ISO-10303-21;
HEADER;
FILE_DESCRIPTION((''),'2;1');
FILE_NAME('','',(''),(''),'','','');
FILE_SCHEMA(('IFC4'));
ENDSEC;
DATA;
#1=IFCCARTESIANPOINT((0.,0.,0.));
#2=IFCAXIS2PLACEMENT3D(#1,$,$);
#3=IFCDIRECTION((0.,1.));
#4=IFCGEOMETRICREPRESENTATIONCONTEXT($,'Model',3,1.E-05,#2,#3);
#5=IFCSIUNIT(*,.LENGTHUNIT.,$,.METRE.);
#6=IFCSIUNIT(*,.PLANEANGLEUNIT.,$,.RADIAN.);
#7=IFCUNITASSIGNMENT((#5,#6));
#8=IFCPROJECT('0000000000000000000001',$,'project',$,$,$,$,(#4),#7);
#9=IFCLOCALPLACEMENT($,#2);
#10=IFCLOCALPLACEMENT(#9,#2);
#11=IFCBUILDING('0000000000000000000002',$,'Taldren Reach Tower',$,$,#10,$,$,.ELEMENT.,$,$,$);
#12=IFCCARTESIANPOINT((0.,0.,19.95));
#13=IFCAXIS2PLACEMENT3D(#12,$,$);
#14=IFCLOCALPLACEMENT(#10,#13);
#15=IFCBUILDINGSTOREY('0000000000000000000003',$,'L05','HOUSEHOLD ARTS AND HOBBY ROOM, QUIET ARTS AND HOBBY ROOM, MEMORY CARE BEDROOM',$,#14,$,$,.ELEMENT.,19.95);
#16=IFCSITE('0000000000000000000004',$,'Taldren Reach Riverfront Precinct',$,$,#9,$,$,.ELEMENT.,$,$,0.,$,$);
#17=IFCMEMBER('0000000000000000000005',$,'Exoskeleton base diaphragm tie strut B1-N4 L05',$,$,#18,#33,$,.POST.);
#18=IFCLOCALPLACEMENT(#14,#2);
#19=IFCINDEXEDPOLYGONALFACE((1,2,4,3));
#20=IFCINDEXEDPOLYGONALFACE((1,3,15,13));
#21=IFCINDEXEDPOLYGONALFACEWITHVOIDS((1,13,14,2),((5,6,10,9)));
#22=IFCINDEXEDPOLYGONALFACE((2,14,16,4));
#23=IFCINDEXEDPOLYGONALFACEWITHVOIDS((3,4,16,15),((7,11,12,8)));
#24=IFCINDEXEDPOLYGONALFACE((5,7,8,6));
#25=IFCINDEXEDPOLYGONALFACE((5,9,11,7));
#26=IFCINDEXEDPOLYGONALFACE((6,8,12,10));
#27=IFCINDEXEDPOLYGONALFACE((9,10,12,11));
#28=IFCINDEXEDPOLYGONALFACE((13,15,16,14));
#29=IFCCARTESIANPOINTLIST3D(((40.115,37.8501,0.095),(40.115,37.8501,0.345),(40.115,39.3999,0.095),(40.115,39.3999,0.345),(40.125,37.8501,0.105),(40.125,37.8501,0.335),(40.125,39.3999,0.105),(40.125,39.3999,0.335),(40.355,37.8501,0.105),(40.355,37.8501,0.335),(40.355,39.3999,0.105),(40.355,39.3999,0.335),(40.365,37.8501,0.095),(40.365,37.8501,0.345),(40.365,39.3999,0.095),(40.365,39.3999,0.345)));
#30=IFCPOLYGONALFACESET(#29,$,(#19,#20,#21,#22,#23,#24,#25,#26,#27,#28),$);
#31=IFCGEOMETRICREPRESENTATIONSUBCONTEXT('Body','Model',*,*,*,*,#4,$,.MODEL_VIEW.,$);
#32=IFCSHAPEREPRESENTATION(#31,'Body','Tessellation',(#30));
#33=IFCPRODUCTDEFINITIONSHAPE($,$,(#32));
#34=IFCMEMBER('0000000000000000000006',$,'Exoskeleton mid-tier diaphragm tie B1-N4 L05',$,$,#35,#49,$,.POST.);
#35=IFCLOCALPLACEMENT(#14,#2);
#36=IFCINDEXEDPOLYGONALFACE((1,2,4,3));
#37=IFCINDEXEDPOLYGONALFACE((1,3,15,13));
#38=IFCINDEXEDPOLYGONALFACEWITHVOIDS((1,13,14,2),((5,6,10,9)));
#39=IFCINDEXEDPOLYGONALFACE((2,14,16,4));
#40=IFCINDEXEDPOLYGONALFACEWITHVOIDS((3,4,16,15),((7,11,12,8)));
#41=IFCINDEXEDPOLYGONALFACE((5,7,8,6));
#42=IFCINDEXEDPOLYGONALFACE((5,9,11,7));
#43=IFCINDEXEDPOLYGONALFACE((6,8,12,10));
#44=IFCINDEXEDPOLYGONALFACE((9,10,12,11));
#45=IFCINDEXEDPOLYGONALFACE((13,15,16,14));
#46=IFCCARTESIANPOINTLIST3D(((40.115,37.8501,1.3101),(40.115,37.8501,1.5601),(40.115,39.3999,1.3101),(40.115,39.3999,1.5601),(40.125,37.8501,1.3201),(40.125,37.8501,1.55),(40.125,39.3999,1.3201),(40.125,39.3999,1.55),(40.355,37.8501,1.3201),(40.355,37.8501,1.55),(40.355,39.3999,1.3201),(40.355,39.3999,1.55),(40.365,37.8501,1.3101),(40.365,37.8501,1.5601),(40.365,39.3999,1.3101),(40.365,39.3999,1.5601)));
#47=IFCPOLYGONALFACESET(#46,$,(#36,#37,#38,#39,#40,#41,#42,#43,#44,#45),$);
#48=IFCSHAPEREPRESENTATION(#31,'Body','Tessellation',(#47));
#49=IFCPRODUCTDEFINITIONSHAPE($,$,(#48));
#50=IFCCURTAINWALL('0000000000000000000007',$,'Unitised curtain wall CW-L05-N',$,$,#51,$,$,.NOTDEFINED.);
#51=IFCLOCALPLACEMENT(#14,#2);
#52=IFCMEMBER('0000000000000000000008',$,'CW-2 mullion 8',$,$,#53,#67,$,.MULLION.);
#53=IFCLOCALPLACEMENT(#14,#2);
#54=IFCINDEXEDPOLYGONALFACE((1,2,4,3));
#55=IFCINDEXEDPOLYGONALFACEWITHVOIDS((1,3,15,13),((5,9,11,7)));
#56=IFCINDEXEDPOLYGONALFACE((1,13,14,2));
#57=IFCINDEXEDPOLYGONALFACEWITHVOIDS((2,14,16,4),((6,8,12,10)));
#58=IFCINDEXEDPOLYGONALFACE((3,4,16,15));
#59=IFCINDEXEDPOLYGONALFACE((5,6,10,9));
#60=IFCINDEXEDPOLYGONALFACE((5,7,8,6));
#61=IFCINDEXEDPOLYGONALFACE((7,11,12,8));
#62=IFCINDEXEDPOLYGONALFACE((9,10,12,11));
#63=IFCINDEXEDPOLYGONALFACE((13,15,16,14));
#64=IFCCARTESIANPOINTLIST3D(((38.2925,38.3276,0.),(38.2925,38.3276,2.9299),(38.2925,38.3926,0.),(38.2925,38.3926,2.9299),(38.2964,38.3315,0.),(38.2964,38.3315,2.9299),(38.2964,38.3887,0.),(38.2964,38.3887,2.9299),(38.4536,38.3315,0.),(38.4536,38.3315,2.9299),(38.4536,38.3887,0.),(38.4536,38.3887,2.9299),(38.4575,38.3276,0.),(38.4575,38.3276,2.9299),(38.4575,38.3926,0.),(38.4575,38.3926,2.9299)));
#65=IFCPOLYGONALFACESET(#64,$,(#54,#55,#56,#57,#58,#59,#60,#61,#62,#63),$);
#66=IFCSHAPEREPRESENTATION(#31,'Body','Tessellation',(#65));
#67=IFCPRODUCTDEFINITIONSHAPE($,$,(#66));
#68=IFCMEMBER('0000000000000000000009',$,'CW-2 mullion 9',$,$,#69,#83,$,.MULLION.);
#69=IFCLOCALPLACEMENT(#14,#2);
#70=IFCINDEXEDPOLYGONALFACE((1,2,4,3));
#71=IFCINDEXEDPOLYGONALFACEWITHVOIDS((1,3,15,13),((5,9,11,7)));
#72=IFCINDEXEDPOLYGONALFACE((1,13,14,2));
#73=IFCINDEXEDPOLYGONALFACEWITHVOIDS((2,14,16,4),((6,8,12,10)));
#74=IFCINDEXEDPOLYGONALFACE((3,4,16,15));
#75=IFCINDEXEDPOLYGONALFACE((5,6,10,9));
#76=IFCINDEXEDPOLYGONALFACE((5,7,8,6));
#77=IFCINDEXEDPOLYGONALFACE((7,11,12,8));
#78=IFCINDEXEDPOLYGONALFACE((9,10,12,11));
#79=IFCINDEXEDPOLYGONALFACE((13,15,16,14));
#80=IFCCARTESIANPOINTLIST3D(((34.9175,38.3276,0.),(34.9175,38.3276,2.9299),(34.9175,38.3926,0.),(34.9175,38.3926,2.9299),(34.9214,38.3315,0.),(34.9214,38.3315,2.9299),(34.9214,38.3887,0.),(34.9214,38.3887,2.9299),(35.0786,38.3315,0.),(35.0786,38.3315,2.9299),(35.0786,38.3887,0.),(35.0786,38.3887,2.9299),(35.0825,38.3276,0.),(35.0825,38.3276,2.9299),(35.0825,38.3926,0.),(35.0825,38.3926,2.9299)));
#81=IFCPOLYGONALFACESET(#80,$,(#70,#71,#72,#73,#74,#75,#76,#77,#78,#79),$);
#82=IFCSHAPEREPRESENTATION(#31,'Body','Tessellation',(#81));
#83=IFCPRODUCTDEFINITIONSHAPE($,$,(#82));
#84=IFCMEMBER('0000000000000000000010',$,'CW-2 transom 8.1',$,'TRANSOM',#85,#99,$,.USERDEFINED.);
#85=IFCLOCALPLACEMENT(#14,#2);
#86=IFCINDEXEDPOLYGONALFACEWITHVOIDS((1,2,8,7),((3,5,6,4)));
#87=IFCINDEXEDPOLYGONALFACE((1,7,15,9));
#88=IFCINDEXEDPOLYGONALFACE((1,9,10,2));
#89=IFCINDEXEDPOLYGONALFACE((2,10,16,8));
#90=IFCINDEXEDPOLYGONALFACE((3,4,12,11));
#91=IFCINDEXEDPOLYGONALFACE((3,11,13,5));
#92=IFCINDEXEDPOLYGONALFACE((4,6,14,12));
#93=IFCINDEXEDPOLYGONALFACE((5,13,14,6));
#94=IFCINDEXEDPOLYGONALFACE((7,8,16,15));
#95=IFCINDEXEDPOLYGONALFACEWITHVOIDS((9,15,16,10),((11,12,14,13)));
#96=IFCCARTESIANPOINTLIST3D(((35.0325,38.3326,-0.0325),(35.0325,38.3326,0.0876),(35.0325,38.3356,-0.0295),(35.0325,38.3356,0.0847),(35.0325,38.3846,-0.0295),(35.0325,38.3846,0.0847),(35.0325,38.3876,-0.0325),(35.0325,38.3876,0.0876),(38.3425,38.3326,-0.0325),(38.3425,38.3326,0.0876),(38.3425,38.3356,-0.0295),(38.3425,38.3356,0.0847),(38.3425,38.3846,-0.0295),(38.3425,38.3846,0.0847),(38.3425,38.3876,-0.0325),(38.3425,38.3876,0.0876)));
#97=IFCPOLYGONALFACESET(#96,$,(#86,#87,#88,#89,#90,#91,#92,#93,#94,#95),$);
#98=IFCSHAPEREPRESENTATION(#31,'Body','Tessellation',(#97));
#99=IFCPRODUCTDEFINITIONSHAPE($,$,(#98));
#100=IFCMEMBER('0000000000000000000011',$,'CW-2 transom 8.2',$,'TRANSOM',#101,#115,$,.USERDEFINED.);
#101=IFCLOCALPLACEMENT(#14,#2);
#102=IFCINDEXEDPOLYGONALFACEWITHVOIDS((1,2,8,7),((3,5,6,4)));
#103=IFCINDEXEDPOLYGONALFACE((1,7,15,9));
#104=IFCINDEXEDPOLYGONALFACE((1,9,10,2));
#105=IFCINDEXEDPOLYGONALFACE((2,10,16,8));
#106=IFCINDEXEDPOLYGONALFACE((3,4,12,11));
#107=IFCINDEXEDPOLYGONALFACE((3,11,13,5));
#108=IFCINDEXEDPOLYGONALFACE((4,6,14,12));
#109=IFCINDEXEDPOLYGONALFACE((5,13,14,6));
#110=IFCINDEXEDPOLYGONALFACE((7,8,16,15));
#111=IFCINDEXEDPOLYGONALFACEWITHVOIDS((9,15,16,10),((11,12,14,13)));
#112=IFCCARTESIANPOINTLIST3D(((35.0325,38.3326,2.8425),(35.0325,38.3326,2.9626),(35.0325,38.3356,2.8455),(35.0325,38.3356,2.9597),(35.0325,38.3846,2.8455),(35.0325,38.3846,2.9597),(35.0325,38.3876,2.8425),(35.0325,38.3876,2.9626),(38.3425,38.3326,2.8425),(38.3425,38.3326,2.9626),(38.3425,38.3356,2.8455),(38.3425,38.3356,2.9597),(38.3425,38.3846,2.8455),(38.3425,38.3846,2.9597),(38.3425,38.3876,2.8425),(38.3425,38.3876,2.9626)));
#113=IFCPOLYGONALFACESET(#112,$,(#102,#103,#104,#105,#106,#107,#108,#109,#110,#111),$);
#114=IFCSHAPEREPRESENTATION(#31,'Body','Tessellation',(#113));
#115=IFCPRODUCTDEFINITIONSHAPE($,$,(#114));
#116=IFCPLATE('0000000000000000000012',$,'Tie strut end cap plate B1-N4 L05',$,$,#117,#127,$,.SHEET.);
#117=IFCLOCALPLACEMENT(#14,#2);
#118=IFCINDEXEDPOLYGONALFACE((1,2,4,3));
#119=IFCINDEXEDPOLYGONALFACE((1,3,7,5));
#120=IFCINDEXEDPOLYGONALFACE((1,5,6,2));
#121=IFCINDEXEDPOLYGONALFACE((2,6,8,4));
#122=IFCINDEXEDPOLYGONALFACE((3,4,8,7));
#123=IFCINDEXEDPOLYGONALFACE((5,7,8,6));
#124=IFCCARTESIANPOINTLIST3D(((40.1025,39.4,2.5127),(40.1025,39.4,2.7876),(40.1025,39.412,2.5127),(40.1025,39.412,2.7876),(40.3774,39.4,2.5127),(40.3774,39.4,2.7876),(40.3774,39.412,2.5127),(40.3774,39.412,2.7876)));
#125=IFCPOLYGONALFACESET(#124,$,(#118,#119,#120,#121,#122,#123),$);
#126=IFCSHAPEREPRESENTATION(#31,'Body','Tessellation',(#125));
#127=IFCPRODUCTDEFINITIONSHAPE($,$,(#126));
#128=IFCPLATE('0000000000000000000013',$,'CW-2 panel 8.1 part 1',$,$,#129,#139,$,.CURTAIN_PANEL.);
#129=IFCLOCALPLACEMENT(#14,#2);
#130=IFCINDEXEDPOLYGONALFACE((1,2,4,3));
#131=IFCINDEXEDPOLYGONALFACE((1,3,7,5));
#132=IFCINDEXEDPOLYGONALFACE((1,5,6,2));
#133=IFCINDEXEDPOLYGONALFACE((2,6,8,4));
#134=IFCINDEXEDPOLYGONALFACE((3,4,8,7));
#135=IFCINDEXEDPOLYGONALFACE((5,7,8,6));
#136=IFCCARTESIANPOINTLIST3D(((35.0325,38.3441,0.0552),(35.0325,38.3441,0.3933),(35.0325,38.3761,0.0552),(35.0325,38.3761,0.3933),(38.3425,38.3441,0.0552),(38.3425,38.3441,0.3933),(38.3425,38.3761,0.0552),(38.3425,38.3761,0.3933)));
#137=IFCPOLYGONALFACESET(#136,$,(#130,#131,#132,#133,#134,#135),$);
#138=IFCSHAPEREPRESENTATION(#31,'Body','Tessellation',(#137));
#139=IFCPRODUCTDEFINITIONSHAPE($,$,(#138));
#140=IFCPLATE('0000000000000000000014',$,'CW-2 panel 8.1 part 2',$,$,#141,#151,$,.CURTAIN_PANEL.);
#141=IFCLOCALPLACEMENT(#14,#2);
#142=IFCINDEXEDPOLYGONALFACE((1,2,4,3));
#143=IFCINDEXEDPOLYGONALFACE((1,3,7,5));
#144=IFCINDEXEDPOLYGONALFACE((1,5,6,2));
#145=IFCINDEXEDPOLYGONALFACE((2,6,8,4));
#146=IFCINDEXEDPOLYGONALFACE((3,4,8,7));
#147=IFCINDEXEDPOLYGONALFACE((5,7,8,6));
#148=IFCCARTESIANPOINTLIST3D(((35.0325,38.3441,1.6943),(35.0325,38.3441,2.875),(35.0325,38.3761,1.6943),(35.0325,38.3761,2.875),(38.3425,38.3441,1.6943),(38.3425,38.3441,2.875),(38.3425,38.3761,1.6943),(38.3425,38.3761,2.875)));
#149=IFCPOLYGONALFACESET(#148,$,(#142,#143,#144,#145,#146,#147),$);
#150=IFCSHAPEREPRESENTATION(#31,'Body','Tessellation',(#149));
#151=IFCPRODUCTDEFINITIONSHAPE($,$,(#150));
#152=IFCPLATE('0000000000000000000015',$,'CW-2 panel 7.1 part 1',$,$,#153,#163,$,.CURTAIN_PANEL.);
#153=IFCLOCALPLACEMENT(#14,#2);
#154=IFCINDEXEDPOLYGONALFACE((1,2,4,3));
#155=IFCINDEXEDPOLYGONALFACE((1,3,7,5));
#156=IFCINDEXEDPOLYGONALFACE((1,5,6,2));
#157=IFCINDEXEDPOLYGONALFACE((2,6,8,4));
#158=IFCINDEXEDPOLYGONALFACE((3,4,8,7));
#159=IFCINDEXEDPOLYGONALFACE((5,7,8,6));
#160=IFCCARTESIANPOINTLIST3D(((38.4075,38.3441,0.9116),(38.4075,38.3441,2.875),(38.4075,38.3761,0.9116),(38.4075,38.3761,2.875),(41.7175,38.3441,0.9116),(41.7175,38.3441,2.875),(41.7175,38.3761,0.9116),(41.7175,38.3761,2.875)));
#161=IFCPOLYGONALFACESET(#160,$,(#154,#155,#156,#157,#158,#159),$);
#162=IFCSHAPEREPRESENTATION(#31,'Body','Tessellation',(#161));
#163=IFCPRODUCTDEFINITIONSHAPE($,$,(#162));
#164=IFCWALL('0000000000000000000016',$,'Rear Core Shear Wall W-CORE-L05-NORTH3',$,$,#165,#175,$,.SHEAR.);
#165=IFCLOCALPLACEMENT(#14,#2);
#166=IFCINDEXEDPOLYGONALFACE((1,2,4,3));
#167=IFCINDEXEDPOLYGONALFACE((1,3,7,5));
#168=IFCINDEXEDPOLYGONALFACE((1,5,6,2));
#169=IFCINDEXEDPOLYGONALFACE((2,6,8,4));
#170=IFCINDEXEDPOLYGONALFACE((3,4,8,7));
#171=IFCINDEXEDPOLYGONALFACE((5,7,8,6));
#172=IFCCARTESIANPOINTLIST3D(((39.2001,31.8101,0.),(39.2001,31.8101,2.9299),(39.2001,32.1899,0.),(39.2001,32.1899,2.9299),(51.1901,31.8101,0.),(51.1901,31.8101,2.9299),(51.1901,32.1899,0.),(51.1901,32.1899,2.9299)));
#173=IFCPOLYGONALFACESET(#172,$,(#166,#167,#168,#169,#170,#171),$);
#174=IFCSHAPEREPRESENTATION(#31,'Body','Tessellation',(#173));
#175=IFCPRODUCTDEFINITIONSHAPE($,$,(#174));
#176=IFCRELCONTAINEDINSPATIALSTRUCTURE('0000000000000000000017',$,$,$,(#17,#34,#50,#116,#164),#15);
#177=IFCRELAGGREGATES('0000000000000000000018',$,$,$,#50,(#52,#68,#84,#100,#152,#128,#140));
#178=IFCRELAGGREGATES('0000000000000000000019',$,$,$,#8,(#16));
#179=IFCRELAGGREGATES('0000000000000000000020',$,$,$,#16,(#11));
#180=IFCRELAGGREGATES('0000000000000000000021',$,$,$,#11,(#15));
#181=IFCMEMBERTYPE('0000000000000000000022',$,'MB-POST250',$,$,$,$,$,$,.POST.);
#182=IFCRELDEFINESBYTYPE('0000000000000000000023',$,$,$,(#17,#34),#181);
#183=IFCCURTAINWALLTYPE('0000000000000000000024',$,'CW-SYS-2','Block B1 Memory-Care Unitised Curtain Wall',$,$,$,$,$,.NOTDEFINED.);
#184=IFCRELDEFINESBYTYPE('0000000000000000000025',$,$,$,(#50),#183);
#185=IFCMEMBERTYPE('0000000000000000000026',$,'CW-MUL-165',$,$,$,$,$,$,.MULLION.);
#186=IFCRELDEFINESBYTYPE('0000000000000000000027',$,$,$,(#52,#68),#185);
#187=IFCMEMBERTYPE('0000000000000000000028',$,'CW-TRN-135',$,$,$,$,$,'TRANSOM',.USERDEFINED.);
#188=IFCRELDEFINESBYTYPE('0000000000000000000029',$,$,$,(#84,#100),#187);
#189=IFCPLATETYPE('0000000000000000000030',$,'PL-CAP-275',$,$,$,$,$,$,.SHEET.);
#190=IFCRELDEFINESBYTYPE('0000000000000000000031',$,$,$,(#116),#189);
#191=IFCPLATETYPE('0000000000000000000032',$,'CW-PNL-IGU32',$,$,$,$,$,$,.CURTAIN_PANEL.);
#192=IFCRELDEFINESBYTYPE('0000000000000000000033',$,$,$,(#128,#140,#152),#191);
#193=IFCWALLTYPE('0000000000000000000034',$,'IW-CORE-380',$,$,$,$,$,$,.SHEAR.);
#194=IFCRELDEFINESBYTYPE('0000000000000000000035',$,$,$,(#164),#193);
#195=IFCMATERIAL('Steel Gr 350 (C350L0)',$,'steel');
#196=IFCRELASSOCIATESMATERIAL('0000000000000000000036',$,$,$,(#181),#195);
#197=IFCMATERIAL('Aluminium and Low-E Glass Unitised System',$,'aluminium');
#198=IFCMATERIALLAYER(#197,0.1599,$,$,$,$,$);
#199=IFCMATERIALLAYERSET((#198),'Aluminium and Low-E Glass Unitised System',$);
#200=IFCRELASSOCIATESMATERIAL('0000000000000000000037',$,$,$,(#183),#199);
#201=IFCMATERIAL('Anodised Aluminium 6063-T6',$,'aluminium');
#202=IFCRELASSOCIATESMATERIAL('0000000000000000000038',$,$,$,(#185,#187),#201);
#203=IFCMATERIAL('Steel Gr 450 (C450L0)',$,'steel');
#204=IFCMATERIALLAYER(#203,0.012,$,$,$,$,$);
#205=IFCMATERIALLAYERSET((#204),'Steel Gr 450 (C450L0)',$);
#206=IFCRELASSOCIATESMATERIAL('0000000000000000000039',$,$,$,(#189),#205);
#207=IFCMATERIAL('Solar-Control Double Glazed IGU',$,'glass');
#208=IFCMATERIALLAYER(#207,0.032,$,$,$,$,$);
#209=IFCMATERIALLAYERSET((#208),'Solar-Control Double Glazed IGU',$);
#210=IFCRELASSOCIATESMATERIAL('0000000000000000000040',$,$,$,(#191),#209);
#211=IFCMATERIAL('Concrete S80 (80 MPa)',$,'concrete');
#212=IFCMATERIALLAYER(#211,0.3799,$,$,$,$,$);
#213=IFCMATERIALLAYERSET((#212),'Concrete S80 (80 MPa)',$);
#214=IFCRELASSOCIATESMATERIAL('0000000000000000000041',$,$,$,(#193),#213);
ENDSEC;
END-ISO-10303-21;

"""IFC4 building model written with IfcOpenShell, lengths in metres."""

from ifc_helpers import new_model, si_unit, direction, frame, frame_2d, origin, origin_2d, place, context, subcontext, project, spatial, rectangle, hollow_rectangle, extrude, source, transform, mapped, material, layer, layer_set, material_profile, profile_set, type_object, element, aggregate, save


model = new_model("IFC4")

# Units and contexts
model_context = context("Model", 3, precision=1e-05, world=origin(), true_north=direction((0.0, 1.0)))
body_context = subcontext(model_context, "Body", "Model", "MODEL_VIEW")
ifc_project = project(units=[si_unit("LENGTHUNIT", "METRE"), si_unit("PLANEANGLEUNIT", "RADIAN")], contexts=[model_context])

# Site, building, storey
site_placement = place(None, origin())
site = spatial("IfcSite", under=ifc_project, at=site_placement, Name="Taldren Reach Riverfront Precinct", CompositionType="ELEMENT", RefElevation=0.0)
building_placement = place(site_placement, origin())
building = spatial("IfcBuilding", under=site, at=building_placement, Name="Taldren Reach Tower", CompositionType="ELEMENT")
storey_placement = place(building_placement, frame((0.0, 0.0, 19.95)))
storey = spatial("IfcBuildingStorey", under=building, at=storey_placement, Name="L05", Description="HOUSEHOLD ARTS AND HOBBY ROOM, QUIET ARTS AND HOBBY ROOM, MEMORY CARE BEDROOM", CompositionType="ELEMENT", Elevation=19.95)

# Members
ifc_material_1 = material(Name="Steel Gr 450 (C450L0)", Category="steel")
ifc_material_2 = material(Name="Steel Gr 350 (C350L0)", Category="steel")
ifc_material_profile_1 = material_profile(ifc_material_2, hollow_rectangle(XDim=0.25, YDim=0.25, WallThickness=0.01, at=origin_2d()), Name="250x250x10.0SHS")
ifc_profile_set_1 = profile_set([ifc_material_profile_1], Name="Steel Gr 350 (C350L0)")
member_type_1 = type_object("IfcMemberType", Name="MB-POST250", PredefinedType="POST", material=ifc_profile_set_1)
shared_shape_1 = source(origin(), body_context, "Body", "SweptSolid", [
    extrude(hollow_rectangle(XDim=0.25, YDim=0.25, WallThickness=0.01, at=origin_2d()), origin(), (0.0, 0.0, 1.0), 1.5498),
])
for number, where, z_axis, x_axis, name in (
    (1, (40.24, 37.8501, 0.22), (0.0, 1.0, 0.0), (-1.0, 0.0, 0.0), "Exoskeleton base diaphragm tie strut B1-N4 L05"),
    (2, (40.24, 37.8501, 1.4351), (0.0, 1.0, 0.0), (-1.0, 0.0, 0.0), "Exoskeleton mid-tier diaphragm tie B1-N4 L05"),
):
    element("IfcMember", number, at=place(storey_placement, frame(where, z_axis=z_axis, x_axis=x_axis)), inside=storey, type_object=member_type_1, Name=name, PredefinedType="POST", context=body_context, shape_type="MappedRepresentation", body=[
        mapped(shared_shape_1, transform((0.0, 0.0, 0.0), scale=1.0)),
    ])

# Curtain wall, members
ifc_material_3 = material(Name="Aluminium and Low-E Glass Unitised System", Category="aluminium")
ifc_layer_1 = layer(ifc_material_3, 0.1599)
ifc_layer_set_1 = layer_set([ifc_layer_1], Name="Aluminium and Low-E Glass Unitised System")
curtain_wall_type = type_object("IfcCurtainWallType", Name="CW-SYS-2", Description="Block B1 Memory-Care Unitised Curtain Wall", PredefinedType="NOTDEFINED", material=ifc_layer_set_1)
curtain_wall_placement = place(storey_placement, origin())
curtain_wall = element("IfcCurtainWall", 3, at=curtain_wall_placement, inside=storey, type_object=curtain_wall_type, Name="Unitised curtain wall CW-L05-N", PredefinedType="NOTDEFINED")
ifc_material_4 = material(Name="Anodised Aluminium 6063-T6", Category="aluminium")
ifc_material_profile_2 = material_profile(ifc_material_4, hollow_rectangle(XDim=0.0649, YDim=0.165, WallThickness=0.0039, at=origin_2d()), Name="ALU-165x65x4RHS")
ifc_profile_set_2 = profile_set([ifc_material_profile_2], Name="Anodised Aluminium 6063-T6")
member_type_2 = type_object("IfcMemberType", Name="CW-MUL-165", PredefinedType="MULLION", material=ifc_profile_set_2)
shared_shape_2 = source(origin(), body_context, "Body", "SweptSolid", [
    extrude(hollow_rectangle(XDim=0.0649, YDim=0.165, WallThickness=0.0039, at=origin_2d()), origin(), (0.0, 0.0, 1.0), 2.9299),
])
member_1_placement = place(storey_placement, frame((38.375, 38.3601, 0.0), z_axis=(0.0, 0.0, 1.0), x_axis=(0.0, -1.0, 0.0)))
member_1 = element("IfcMember", 4, at=member_1_placement, type_object=member_type_2, Name="CW-2 mullion 8", PredefinedType="MULLION", context=body_context, shape_type="MappedRepresentation", body=[
    mapped(shared_shape_2, transform((0.0, 0.0, 0.0), scale=1.0)),
])
member_2_placement = place(storey_placement, frame((35.0, 38.3601, 0.0), z_axis=(0.0, 0.0, 1.0), x_axis=(0.0, -1.0, 0.0)))
member_2 = element("IfcMember", 5, at=member_2_placement, type_object=member_type_2, Name="CW-2 mullion 9", PredefinedType="MULLION", context=body_context, shape_type="MappedRepresentation", body=[
    mapped(shared_shape_2, transform((0.0, 0.0, 0.0), scale=1.0)),
])
ifc_material_profile_3 = material_profile(ifc_material_4, hollow_rectangle(XDim=0.0549, YDim=0.1201, WallThickness=0.0029, at=origin_2d()), Name="ALU-120x55x3RHS")
ifc_profile_set_3 = profile_set([ifc_material_profile_3], Name="Anodised Aluminium 6063-T6")
member_type_3 = type_object("IfcMemberType", Name="CW-TRN-135", ElementType="TRANSOM", PredefinedType="USERDEFINED", material=ifc_profile_set_3)
shared_shape_3 = source(origin(), body_context, "Body", "SweptSolid", [
    extrude(hollow_rectangle(XDim=0.0549, YDim=0.1201, WallThickness=0.0029, at=origin_2d()), origin(), (0.0, 0.0, 1.0), 3.3101),
])
member_3_placement = place(storey_placement, frame((38.3425, 38.3601, 0.0276), z_axis=(-1.0, 0.0, 0.0), x_axis=(0.0, -1.0, 0.0)))
member_3 = element("IfcMember", 6, at=member_3_placement, type_object=member_type_3, Name="CW-2 transom 8.1", ObjectType="TRANSOM", PredefinedType="USERDEFINED", context=body_context, shape_type="MappedRepresentation", body=[
    mapped(shared_shape_3, transform((0.0, 0.0, 0.0), scale=1.0)),
])
member_4_placement = place(storey_placement, frame((38.3425, 38.3601, 2.9026), z_axis=(-1.0, 0.0, 0.0), x_axis=(0.0, -1.0, 0.0)))
member_4 = element("IfcMember", 7, at=member_4_placement, type_object=member_type_3, Name="CW-2 transom 8.2", ObjectType="TRANSOM", PredefinedType="USERDEFINED", context=body_context, shape_type="MappedRepresentation", body=[
    mapped(shared_shape_3, transform((0.0, 0.0, 0.0), scale=1.0)),
])

# Plates
ifc_layer_2 = layer(ifc_material_1, 0.012)
ifc_layer_set_2 = layer_set([ifc_layer_2], Name="Steel Gr 450 (C450L0)")
plate_type_1 = type_object("IfcPlateType", Name="PL-CAP-275", PredefinedType="SHEET", material=ifc_layer_set_2)
shared_shape_4 = source(origin(), body_context, "Body", "SweptSolid", [
    extrude(rectangle(XDim=0.2749, YDim=0.012, at=origin_2d()), origin(), (0.0, 0.0, 1.0), 0.2749),
])
plate_1_placement = place(storey_placement, frame((40.24, 39.406, 2.5127), z_axis=(0.0, 0.0, 1.0), x_axis=(1.0, 0.0, 0.0)))
element("IfcPlate", 8, at=plate_1_placement, inside=storey, type_object=plate_type_1, Name="Tie strut end cap plate B1-N4 L05", PredefinedType="SHEET", context=body_context, shape_type="MappedRepresentation", body=[
    mapped(shared_shape_4, transform((0.0, 0.0, 0.0), scale=1.0)),
])
ifc_material_5 = material(Name="Solar-Control Double Glazed IGU", Category="glass")
ifc_layer_3 = layer(ifc_material_5, 0.032)
ifc_layer_set_3 = layer_set([ifc_layer_3], Name="Solar-Control Double Glazed IGU")
plate_type_2 = type_object("IfcPlateType", Name="CW-PNL-IGU32", PredefinedType="CURTAIN_PANEL", material=ifc_layer_set_3)
shared_shape_5 = source(origin(), body_context, "Body", "SweptSolid", [
    extrude(rectangle(XDim=3.3101, YDim=0.032, at=origin_2d()), origin(), (0.0, 0.0, 1.0), 0.3381),
])
plate_2_placement = place(storey_placement, frame((36.6875, 38.3601, 0.0552), z_axis=(0.0, 0.0, 1.0), x_axis=(-1.0, 0.0, 0.0)))
plate_2 = element("IfcPlate", 9, at=plate_2_placement, type_object=plate_type_2, Name="CW-2 panel 8.1 part 1", PredefinedType="CURTAIN_PANEL", context=body_context, shape_type="MappedRepresentation", body=[
    mapped(shared_shape_5, transform((0.0, 0.0, 0.0), scale=1.0)),
])
shared_shape_6 = source(origin(), body_context, "Body", "SweptSolid", [
    extrude(rectangle(XDim=3.3101, YDim=0.032, at=origin_2d()), origin(), (0.0, 0.0, 1.0), 1.1807),
])
plate_3_placement = place(storey_placement, frame((36.6875, 38.3601, 1.6943), z_axis=(0.0, 0.0, 1.0), x_axis=(-1.0, 0.0, 0.0)))
plate_3 = element("IfcPlate", 10, at=plate_3_placement, type_object=plate_type_2, Name="CW-2 panel 8.1 part 2", PredefinedType="CURTAIN_PANEL", context=body_context, shape_type="MappedRepresentation", body=[
    mapped(shared_shape_6, transform((0.0, 0.0, 0.0), scale=1.0)),
])
shared_shape_7 = source(origin(), body_context, "Body", "SweptSolid", [
    extrude(rectangle(XDim=3.3101, YDim=0.032, at=origin_2d()), origin(), (0.0, 0.0, 1.0), 1.9634),
])
plate_4_placement = place(storey_placement, frame((40.0625, 38.3601, 0.9116), z_axis=(0.0, 0.0, 1.0), x_axis=(-1.0, 0.0, 0.0)))
plate_4 = element("IfcPlate", 11, at=plate_4_placement, type_object=plate_type_2, Name="CW-2 panel 7.1 part 1", PredefinedType="CURTAIN_PANEL", context=body_context, shape_type="MappedRepresentation", body=[
    mapped(shared_shape_7, transform((0.0, 0.0, 0.0), scale=1.0)),
])
aggregate(curtain_wall, [member_1, member_2, member_3, member_4, plate_4, plate_2, plate_3])

# Wall
ifc_material_6 = material(Name="Concrete S80 (80 MPa)", Category="concrete")
ifc_layer_4 = layer(ifc_material_6, 0.3799)
ifc_layer_set_4 = layer_set([ifc_layer_4], Name="Concrete S80 (80 MPa)")
wall_type = type_object("IfcWallType", Name="IW-CORE-380", PredefinedType="SHEAR", material=ifc_layer_set_4)
shared_shape_8 = source(origin(), body_context, "Body", "SweptSolid", [
    extrude(rectangle(XDim=11.99, YDim=0.3799, at=frame_2d((5.9951, 0.0))), origin(), (0.0, 0.0, 1.0), 2.9299),
])
wall_placement = place(storey_placement, frame((39.2, 32.0, 0.0), z_axis=(0.0, 0.0, 1.0), x_axis=(1.0, 0.0, 0.0)))
element("IfcWall", 12, at=wall_placement, inside=storey, type_object=wall_type, Name="Rear Core Shear Wall W-CORE-L05-NORTH3", PredefinedType="SHEAR", context=body_context, shape_type="MappedRepresentation", body=[
    mapped(shared_shape_8, transform((0.0, 0.0, 0.0), scale=1.0)),
])

save(model, "model.ifc")
